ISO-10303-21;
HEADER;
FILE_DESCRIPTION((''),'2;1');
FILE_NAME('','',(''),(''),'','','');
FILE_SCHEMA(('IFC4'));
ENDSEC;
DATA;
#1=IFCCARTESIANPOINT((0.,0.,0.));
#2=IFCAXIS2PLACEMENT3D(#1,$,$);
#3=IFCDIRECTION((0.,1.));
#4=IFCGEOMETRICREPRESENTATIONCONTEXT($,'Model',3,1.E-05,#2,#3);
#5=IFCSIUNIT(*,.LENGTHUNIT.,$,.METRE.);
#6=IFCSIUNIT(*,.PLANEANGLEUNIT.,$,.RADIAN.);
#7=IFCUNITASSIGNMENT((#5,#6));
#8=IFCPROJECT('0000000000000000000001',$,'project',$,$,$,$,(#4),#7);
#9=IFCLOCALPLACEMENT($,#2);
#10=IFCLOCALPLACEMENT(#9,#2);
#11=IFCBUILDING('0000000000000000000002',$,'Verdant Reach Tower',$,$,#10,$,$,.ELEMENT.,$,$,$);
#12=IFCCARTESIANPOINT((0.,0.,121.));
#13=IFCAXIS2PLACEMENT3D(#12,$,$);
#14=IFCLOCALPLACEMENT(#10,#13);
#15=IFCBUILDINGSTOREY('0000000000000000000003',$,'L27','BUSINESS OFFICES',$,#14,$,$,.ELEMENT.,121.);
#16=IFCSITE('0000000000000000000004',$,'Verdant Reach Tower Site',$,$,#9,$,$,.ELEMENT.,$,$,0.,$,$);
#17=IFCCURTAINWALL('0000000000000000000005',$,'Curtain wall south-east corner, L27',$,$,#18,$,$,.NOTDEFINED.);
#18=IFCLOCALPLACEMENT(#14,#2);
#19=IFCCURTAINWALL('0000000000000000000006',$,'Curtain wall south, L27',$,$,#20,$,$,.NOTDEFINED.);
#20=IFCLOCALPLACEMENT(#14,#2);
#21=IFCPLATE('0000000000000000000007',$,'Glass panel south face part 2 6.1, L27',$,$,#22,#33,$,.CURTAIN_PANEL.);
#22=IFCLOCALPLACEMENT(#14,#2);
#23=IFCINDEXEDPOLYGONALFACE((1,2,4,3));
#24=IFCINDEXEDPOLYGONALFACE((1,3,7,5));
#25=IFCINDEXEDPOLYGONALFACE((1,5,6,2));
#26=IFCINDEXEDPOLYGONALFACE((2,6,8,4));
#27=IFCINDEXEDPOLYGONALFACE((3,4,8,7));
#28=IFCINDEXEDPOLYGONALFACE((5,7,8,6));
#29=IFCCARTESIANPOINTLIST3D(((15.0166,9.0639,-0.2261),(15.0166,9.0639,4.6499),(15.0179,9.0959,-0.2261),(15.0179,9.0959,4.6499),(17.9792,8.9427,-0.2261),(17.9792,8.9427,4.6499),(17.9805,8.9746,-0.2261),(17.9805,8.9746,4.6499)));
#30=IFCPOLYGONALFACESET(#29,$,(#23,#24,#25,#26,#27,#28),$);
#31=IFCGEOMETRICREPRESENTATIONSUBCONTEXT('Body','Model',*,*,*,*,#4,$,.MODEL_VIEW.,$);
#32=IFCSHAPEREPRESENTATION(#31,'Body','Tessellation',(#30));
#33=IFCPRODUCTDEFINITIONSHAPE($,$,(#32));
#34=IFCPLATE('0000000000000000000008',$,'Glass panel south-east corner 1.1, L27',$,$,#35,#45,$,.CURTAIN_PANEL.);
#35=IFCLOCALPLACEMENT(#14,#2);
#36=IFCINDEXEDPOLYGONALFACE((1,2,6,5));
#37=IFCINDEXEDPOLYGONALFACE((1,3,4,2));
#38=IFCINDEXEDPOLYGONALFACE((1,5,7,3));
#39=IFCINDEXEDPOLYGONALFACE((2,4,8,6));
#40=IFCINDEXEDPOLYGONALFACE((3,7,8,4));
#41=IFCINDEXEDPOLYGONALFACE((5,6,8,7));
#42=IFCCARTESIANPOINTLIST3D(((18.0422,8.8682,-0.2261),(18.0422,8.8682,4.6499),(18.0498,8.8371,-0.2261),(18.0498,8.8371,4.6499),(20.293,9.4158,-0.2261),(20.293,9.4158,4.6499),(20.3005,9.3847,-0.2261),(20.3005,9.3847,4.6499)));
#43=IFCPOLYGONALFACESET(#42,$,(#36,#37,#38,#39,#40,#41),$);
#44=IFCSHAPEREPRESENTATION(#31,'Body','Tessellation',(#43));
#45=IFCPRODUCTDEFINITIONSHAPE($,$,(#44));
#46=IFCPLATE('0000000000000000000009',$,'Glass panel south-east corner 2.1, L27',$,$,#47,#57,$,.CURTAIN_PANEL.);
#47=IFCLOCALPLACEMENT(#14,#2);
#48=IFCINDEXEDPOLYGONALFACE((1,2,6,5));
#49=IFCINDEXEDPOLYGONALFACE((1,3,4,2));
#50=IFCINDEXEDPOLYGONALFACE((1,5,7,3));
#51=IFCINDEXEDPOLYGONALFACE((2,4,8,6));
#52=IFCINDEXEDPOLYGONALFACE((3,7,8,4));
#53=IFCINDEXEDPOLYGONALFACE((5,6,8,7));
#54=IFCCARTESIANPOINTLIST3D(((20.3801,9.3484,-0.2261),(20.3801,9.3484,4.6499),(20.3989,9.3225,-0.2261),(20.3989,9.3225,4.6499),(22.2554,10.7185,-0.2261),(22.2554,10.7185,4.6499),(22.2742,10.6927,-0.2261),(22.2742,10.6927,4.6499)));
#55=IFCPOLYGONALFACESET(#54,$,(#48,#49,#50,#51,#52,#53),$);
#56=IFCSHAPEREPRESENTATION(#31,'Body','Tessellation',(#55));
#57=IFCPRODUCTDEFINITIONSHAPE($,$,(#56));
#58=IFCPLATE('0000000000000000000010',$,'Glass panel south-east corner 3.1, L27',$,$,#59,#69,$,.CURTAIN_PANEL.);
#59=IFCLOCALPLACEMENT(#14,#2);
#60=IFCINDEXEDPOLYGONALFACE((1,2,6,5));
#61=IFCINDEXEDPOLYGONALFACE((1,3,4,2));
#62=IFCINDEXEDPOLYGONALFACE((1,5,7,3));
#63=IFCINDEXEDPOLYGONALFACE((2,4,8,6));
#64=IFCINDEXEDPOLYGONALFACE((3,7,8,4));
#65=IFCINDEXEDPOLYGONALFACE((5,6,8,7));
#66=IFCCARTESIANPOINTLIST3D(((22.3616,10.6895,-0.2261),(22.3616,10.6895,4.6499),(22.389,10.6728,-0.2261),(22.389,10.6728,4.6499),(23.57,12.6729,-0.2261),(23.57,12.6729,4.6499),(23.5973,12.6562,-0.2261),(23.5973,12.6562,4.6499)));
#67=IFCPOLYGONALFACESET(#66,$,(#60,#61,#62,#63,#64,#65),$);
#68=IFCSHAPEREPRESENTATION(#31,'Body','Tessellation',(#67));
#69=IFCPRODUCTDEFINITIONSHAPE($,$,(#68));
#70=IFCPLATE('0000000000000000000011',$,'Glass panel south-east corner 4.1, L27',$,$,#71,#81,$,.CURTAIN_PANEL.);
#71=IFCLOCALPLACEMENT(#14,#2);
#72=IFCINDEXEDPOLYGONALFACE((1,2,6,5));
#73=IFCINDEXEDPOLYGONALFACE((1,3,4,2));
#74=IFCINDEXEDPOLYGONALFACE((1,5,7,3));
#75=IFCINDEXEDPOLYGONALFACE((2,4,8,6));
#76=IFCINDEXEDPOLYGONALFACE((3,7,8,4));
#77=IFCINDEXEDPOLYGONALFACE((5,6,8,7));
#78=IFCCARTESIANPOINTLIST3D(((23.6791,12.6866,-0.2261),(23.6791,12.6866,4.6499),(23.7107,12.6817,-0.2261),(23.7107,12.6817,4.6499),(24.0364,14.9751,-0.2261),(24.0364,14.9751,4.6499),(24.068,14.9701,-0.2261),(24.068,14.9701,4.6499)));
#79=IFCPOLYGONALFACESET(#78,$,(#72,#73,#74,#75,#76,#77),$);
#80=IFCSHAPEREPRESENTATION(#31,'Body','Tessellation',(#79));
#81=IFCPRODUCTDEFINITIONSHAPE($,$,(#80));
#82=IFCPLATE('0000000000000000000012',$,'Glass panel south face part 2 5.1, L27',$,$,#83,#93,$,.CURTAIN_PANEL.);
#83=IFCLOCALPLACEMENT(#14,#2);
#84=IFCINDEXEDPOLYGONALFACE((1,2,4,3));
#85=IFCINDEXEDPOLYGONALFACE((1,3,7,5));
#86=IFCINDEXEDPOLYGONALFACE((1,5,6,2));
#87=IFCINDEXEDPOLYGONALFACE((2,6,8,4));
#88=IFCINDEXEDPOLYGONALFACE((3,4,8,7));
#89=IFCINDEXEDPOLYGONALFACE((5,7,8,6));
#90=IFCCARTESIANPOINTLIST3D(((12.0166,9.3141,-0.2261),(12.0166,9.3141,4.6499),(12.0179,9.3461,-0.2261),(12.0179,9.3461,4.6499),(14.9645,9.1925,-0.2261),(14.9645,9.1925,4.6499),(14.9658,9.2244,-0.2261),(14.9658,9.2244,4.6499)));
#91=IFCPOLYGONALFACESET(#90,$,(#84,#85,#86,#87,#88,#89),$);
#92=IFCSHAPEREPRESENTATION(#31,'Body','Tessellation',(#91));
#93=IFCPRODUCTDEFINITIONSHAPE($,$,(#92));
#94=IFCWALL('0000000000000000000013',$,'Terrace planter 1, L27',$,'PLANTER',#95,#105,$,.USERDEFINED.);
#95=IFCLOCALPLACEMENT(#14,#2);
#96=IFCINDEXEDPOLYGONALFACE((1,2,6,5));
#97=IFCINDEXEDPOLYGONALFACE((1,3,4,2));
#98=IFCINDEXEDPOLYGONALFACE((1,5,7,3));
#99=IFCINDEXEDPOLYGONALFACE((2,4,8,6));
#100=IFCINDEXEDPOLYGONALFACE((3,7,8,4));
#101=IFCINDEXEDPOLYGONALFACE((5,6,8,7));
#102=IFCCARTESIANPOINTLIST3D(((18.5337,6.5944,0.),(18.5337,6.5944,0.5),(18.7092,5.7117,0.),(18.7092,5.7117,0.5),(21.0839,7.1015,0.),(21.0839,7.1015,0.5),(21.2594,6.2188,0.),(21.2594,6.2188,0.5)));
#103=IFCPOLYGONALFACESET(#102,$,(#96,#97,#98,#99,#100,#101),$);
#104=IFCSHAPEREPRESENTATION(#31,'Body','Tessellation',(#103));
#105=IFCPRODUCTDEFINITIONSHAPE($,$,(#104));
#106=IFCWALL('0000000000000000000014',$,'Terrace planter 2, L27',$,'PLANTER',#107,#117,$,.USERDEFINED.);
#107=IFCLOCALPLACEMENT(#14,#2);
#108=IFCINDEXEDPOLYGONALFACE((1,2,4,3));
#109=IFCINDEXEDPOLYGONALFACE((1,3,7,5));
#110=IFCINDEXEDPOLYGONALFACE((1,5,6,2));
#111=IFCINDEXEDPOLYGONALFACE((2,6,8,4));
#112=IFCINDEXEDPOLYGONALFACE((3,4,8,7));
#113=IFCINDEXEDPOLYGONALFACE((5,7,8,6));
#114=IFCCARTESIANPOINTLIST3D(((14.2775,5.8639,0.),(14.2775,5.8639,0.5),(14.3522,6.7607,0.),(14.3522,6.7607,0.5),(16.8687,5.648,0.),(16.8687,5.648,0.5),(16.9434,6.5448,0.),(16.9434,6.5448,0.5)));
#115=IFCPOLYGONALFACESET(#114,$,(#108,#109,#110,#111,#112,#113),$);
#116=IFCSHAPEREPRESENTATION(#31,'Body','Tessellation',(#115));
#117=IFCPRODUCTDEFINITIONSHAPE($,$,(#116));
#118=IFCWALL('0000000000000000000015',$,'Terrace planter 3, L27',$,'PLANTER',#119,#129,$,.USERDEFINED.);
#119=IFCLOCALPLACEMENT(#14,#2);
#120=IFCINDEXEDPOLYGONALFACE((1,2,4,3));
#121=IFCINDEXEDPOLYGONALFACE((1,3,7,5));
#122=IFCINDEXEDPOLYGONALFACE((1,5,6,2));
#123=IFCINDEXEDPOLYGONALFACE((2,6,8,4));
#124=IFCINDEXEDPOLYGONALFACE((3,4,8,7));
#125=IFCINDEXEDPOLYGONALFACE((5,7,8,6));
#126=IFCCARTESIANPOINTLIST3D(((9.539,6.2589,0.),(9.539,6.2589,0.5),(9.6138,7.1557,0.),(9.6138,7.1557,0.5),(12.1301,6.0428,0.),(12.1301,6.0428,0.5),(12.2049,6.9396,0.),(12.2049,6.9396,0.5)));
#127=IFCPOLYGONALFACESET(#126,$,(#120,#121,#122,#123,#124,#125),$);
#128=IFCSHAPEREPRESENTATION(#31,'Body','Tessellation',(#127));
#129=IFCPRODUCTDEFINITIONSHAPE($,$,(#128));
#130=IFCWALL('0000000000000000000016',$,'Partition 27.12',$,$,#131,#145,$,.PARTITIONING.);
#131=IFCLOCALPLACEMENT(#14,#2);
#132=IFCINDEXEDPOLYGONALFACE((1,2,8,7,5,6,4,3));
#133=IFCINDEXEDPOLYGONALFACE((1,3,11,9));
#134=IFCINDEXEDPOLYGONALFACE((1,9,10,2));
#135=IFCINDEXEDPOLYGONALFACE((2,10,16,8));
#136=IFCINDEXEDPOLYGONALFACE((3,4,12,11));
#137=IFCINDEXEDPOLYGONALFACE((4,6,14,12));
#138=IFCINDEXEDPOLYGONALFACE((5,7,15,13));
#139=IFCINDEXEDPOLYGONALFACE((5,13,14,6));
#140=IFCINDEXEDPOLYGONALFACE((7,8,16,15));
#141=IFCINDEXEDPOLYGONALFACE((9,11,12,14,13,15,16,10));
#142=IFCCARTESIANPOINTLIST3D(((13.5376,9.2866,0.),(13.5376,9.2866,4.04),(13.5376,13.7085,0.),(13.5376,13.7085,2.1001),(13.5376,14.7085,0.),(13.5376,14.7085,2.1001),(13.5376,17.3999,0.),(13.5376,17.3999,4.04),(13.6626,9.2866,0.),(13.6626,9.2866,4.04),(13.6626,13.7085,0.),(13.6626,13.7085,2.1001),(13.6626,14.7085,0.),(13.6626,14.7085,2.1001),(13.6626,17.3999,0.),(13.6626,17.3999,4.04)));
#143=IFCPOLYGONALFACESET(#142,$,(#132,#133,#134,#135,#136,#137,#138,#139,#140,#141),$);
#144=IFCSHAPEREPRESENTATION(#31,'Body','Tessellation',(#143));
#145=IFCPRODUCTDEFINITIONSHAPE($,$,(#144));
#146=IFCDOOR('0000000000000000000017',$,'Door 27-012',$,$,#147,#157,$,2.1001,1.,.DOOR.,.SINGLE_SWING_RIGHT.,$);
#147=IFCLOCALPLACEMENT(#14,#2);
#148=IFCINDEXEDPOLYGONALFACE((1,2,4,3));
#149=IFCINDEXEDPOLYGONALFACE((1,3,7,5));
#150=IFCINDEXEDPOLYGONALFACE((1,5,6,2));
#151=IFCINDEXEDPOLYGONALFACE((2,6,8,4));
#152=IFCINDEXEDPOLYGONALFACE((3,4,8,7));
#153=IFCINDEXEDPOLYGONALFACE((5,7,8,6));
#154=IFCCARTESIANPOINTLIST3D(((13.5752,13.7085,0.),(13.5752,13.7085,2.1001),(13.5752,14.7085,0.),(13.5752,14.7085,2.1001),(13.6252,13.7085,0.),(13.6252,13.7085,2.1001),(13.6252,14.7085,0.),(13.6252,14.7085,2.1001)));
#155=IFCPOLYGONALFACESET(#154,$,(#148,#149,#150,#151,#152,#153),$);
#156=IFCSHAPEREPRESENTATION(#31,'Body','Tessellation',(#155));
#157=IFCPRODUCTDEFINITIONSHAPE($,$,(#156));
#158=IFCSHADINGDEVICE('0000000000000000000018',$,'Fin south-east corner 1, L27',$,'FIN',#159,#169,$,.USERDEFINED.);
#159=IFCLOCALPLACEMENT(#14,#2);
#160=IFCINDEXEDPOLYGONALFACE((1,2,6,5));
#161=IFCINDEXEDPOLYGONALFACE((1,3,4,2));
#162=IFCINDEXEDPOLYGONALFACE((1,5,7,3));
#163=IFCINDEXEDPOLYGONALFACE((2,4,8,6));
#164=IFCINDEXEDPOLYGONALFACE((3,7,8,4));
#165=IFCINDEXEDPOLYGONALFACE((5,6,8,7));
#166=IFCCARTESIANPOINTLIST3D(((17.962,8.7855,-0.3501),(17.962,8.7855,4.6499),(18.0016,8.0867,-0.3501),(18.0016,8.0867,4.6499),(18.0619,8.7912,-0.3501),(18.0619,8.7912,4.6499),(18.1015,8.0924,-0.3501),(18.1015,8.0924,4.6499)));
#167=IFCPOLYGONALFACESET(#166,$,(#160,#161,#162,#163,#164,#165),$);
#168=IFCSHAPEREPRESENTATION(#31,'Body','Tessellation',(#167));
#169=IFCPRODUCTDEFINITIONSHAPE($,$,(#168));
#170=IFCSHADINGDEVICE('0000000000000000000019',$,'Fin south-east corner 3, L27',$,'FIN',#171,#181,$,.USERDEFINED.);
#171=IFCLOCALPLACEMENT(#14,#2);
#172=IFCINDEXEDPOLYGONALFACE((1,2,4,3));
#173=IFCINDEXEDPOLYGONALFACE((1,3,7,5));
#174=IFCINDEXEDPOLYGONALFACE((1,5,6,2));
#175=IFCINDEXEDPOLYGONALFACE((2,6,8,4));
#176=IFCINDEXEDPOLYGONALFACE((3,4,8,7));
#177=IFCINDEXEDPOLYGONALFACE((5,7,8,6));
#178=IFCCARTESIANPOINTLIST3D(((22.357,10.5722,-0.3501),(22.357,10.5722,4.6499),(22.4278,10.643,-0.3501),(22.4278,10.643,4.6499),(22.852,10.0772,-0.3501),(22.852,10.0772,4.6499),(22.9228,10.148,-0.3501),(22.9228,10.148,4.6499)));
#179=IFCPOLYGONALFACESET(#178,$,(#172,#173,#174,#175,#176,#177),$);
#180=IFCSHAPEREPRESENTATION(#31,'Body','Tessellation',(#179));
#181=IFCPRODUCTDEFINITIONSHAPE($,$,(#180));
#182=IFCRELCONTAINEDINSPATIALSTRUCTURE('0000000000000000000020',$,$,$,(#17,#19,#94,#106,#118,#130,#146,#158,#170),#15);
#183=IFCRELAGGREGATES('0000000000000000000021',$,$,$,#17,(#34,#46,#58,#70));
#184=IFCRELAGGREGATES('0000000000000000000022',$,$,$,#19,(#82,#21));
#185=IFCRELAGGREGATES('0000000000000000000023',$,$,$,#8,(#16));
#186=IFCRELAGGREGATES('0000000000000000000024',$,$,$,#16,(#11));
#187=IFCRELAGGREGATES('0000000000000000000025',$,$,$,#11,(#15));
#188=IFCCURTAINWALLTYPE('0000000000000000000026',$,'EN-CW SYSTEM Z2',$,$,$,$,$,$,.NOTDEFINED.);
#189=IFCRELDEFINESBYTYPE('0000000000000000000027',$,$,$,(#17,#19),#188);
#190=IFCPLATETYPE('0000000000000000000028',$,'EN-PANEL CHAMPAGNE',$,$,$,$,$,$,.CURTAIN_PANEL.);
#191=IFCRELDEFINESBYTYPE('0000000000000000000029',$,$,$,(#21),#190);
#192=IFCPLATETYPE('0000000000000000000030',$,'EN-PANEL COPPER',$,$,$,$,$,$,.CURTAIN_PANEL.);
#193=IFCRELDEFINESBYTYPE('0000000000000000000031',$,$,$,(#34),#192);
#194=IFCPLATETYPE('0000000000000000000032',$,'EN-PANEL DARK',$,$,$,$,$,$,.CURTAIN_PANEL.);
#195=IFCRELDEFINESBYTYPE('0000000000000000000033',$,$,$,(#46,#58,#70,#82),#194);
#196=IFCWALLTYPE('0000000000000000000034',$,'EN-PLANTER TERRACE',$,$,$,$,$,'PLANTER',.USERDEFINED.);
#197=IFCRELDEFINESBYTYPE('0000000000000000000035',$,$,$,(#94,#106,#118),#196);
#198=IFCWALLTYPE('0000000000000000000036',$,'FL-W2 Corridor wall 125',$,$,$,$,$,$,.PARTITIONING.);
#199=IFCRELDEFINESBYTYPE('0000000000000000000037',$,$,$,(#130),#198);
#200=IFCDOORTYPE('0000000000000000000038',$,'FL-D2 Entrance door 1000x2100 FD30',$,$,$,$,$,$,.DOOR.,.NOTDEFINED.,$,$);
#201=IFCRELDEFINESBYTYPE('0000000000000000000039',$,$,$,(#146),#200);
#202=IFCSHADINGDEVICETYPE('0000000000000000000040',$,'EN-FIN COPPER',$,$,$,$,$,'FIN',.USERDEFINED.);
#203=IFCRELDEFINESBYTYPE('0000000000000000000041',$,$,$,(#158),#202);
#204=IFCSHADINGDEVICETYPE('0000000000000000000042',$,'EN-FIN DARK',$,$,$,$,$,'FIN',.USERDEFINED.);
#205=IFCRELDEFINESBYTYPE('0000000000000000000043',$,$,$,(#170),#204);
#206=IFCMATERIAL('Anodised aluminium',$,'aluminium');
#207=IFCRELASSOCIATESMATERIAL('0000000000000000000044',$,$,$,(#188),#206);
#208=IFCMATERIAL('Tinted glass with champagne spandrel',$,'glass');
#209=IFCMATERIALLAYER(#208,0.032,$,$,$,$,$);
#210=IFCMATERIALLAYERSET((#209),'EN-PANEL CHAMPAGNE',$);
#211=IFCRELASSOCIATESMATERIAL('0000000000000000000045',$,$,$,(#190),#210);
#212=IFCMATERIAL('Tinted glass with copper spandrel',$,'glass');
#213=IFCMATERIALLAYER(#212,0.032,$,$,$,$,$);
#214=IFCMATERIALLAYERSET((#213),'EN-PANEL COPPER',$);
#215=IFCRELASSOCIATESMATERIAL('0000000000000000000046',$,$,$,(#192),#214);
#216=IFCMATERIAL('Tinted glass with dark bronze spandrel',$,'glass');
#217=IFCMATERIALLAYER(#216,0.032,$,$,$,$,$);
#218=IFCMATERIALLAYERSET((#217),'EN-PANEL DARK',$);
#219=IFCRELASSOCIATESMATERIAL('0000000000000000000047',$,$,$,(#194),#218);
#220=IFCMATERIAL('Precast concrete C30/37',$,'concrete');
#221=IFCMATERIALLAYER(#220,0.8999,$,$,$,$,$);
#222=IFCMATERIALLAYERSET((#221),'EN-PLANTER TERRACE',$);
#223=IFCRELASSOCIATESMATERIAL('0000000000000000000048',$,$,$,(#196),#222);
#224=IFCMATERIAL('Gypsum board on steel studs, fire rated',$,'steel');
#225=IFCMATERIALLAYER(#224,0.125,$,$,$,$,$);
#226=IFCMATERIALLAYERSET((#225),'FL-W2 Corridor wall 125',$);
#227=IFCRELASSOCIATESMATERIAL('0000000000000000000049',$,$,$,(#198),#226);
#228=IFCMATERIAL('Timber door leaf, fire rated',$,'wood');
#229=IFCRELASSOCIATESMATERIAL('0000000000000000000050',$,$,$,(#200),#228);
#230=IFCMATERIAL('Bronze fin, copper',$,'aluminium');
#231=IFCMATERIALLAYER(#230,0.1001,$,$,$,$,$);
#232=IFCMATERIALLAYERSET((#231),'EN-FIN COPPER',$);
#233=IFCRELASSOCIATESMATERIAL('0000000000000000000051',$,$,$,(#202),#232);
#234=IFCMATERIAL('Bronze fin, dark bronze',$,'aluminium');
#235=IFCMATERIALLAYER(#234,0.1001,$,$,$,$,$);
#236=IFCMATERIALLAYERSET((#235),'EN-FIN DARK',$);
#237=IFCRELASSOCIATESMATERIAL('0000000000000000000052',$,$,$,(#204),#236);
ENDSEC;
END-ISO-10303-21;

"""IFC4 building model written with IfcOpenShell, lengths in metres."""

from ifc_helpers import new_model, si_unit, direction, frame, frame_2d, origin, origin_2d, place, context, subcontext, project, spatial, rectangle, extrude, material, layer, layer_set, type_object, element, fill, aggregate, save


model = new_model("IFC4")

# Units and contexts
model_context = context("Model", 3, precision=1e-05, world=origin(), true_north=direction((0.0, 1.0)))
body_context = subcontext(model_context, "Body", "Model", "MODEL_VIEW")
ifc_project = project(units=[si_unit("LENGTHUNIT", "METRE"), si_unit("PLANEANGLEUNIT", "RADIAN")], contexts=[model_context])

# Site, building, storey
site_placement = place(None, origin())
site = spatial("IfcSite", under=ifc_project, at=site_placement, Name="Verdant Reach Tower Site", CompositionType="ELEMENT", RefElevation=0.0)
building_placement = place(site_placement, origin())
building = spatial("IfcBuilding", under=site, at=building_placement, Name="Verdant Reach Tower", CompositionType="ELEMENT")
storey_placement = place(building_placement, frame((0.0, 0.0, 121.0)))
storey = spatial("IfcBuildingStorey", under=building, at=storey_placement, Name="L27", Description="BUSINESS OFFICES", CompositionType="ELEMENT", Elevation=121.0)

# Curtain wall
ifc_material_1 = material(Name="Anodised aluminium", Category="aluminium")
curtain_wall_type = type_object("IfcCurtainWallType", Name="EN-CW SYSTEM Z2", PredefinedType="NOTDEFINED", material=ifc_material_1)
curtain_wall_1_placement = place(storey_placement, origin())
curtain_wall_1 = element("IfcCurtainWall", 1, at=curtain_wall_1_placement, inside=storey, type_object=curtain_wall_type, Name="Curtain wall south-east corner, L27", PredefinedType="NOTDEFINED")

# Curtain wall
curtain_wall_2_placement = place(storey_placement, origin())
curtain_wall_2 = element("IfcCurtainWall", 2, at=curtain_wall_2_placement, inside=storey, type_object=curtain_wall_type, Name="Curtain wall south, L27", PredefinedType="NOTDEFINED")

# Plates
ifc_material_2 = material(Name="Tinted glass with champagne spandrel", Category="glass")
ifc_layer_1 = layer(ifc_material_2, 0.032)
ifc_layer_set_1 = layer_set([ifc_layer_1], Name="EN-PANEL CHAMPAGNE")
plate_type_1 = type_object("IfcPlateType", Name="EN-PANEL CHAMPAGNE", PredefinedType="CURTAIN_PANEL", material=ifc_layer_set_1)
plate_1_placement = place(storey_placement, frame((16.4985, 9.0193, -0.2261), z_axis=(0.0, 0.0, 1.0), x_axis=(0.999163, -0.0409, 0.0)))
plate_1 = element("IfcPlate", 3, at=plate_1_placement, type_object=plate_type_1, Name="Glass panel south face part 2 6.1, L27", PredefinedType="CURTAIN_PANEL", context=body_context, shape_type="SweptSolid", body=[
    extrude(rectangle(XDim=2.9651, YDim=0.032, at=origin_2d()), origin(), (0.0, 0.0, 1.0), 4.876),
])
ifc_material_3 = material(Name="Tinted glass with copper spandrel", Category="glass")
ifc_layer_2 = layer(ifc_material_3, 0.032)
ifc_layer_set_2 = layer_set([ifc_layer_2], Name="EN-PANEL COPPER")
plate_type_2 = type_object("IfcPlateType", Name="EN-PANEL COPPER", PredefinedType="CURTAIN_PANEL", material=ifc_layer_set_2)
plate_2_placement = place(storey_placement, frame((19.1714, 9.1265, -0.2261), z_axis=(0.0, 0.0, 1.0), x_axis=(0.971658, 0.236391, 0.0)))
plate_2 = element("IfcPlate", 4, at=plate_2_placement, type_object=plate_type_2, Name="Glass panel south-east corner 1.1, L27", PredefinedType="CURTAIN_PANEL", context=body_context, shape_type="SweptSolid", body=[
    extrude(rectangle(XDim=2.3164, YDim=0.032, at=origin_2d()), origin(), (0.0, 0.0, 1.0), 4.876),
])
ifc_material_4 = material(Name="Tinted glass with dark bronze spandrel", Category="glass")
ifc_layer_3 = layer(ifc_material_4, 0.032)
ifc_layer_set_3 = layer_set([ifc_layer_3], Name="EN-PANEL DARK")
plate_type_3 = type_object("IfcPlateType", Name="EN-PANEL DARK", PredefinedType="CURTAIN_PANEL", material=ifc_layer_set_3)
plate_3_placement = place(storey_placement, frame((21.3271, 10.0205, -0.2261), z_axis=(0.0, 0.0, 1.0), x_axis=(0.807457, 0.589927, 0.0)))
plate_3 = element("IfcPlate", 5, at=plate_3_placement, type_object=plate_type_3, Name="Glass panel south-east corner 2.1, L27", PredefinedType="CURTAIN_PANEL", context=body_context, shape_type="SweptSolid", body=[
    extrude(rectangle(XDim=2.3225, YDim=0.032, at=origin_2d()), origin(), (0.0, 0.0, 1.0), 4.876),
])
plate_4_placement = place(storey_placement, frame((22.9795, 11.6729, -0.2261), z_axis=(0.0, 0.0, 1.0), x_axis=(0.520292, 0.853989, 0.0)))
plate_4 = element("IfcPlate", 6, at=plate_4_placement, type_object=plate_type_3, Name="Glass panel south-east corner 3.1, L27", PredefinedType="CURTAIN_PANEL", context=body_context, shape_type="SweptSolid", body=[
    extrude(rectangle(XDim=2.3225, YDim=0.032, at=origin_2d()), origin(), (0.0, 0.0, 1.0), 4.876),
])
plate_5_placement = place(storey_placement, frame((23.8735, 13.8284, -0.2261), z_axis=(0.0, 0.0, 1.0), x_axis=(0.154281, 0.988027, 0.0)))
plate_5 = element("IfcPlate", 7, at=plate_5_placement, type_object=plate_type_3, Name="Glass panel south-east corner 4.1, L27", PredefinedType="CURTAIN_PANEL", context=body_context, shape_type="SweptSolid", body=[
    extrude(rectangle(XDim=2.3162, YDim=0.032, at=origin_2d()), origin(), (0.0, 0.0, 1.0), 4.876),
])
aggregate(curtain_wall_1, [plate_2, plate_3, plate_4, plate_5])
plate_6_placement = place(storey_placement, frame((13.4912, 9.2693, -0.2261), z_axis=(0.0, 0.0, 1.0), x_axis=(0.999149, -0.041242, 0.0)))
plate_6 = element("IfcPlate", 8, at=plate_6_placement, type_object=plate_type_3, Name="Glass panel south face part 2 5.1, L27", PredefinedType="CURTAIN_PANEL", context=body_context, shape_type="SweptSolid", body=[
    extrude(rectangle(XDim=2.9504, YDim=0.032, at=origin_2d()), origin(), (0.0, 0.0, 1.0), 4.876),
])
aggregate(curtain_wall_2, [plate_6, plate_1])

# Walls
ifc_material_5 = material(Name="Precast concrete C30/37", Category="concrete")
ifc_layer_4 = layer(ifc_material_5, 0.8999)
ifc_layer_set_4 = layer_set([ifc_layer_4], Name="EN-PLANTER TERRACE")
wall_type_1 = type_object("IfcWallType", Name="EN-PLANTER TERRACE", ElementType="PLANTER", PredefinedType="USERDEFINED", material=ifc_layer_set_4)
for number, where, z_axis, x_axis, name in (
    (9, (21.1716, 6.6602, 0.0), (0.0, 0.0, 1.0), (-0.980797, -0.195033, 0.0), "Terrace planter 1, L27"),
    (10, (16.906, 6.0964, 0.0), (0.0, 0.0, 1.0), (-0.996549, 0.083007, 0.0), "Terrace planter 2, L27"),
    (11, (12.1675, 6.4912, 0.0), (0.0, 0.0, 1.0), (-0.996541, 0.0831, 0.0), "Terrace planter 3, L27"),
):
    element("IfcWall", number, at=place(storey_placement, frame(where, z_axis=z_axis, x_axis=x_axis)), inside=storey, type_object=wall_type_1, Name=name, ObjectType="PLANTER", PredefinedType="USERDEFINED", context=body_context, shape_type="SweptSolid", body=[
        extrude(rectangle(XDim=2.6001, YDim=0.8999, at=frame_2d((1.3, 0.0))), origin(), (0.0, 0.0, 1.0), 0.5),
    ])

# Wall, opening, door
ifc_material_6 = material(Name="Gypsum board on steel studs, fire rated", Category="steel")
ifc_layer_5 = layer(ifc_material_6, 0.125)
ifc_layer_set_5 = layer_set([ifc_layer_5], Name="FL-W2 Corridor wall 125")
wall_type_2 = type_object("IfcWallType", Name="FL-W2 Corridor wall 125", PredefinedType="PARTITIONING", material=ifc_layer_set_5)
wall_placement = place(storey_placement, frame((13.6001, 9.2866, 0.0), z_axis=(0.0, 0.0, 1.0), x_axis=(0.0, 1.0, 0.0)))
wall = element("IfcWall", 12, at=wall_placement, inside=storey, type_object=wall_type_2, Name="Partition 27.12", PredefinedType="PARTITIONING", context=body_context, shape_type="SweptSolid", body=[
    extrude(rectangle(XDim=8.1133, YDim=0.125, at=frame_2d((4.0566, 0.0))), origin(), (0.0, 0.0, 1.0), 4.04),
])
opening_placement = place(wall_placement, frame((4.4219, 0.0, 0.0)))
opening = element("IfcOpeningElement", 13, at=opening_placement, cuts=wall, PredefinedType="OPENING", context=body_context, shape_type="SweptSolid", body=[
    extrude(rectangle(XDim=1.0, YDim=2.1001, at=frame_2d((0.5, 1.05))), frame((0.0, 0.0725, 0.0), z_axis=(0.0, -1.0, 0.0), x_axis=(1.0, 0.0, 0.0)), (0.0, 0.0, 1.0), 0.145),
])
ifc_material_7 = material(Name="Timber door leaf, fire rated", Category="wood")
door_type = type_object("IfcDoorType", Name="FL-D2 Entrance door 1000x2100 FD30", OperationType="NOTDEFINED", PredefinedType="DOOR", material=ifc_material_7)
door_placement = place(opening_placement, origin())
door = element("IfcDoor", 14, at=door_placement, inside=storey, type_object=door_type, Name="Door 27-012", OperationType="SINGLE_SWING_RIGHT", OverallHeight=2.1001, OverallWidth=1.0, PredefinedType="DOOR", context=body_context, shape_type="SweptSolid", body=[
    extrude(rectangle(XDim=1.0, YDim=2.1001, at=frame_2d((0.5, 1.05))), frame((0.0, 0.0249, 0.0), z_axis=(0.0, -1.0, 0.0), x_axis=(1.0, 0.0, 0.0)), (0.0, 0.0, 1.0), 0.05),
])
fill(opening, door)

# Shading devices
ifc_material_8 = material(Name="Bronze fin, copper", Category="aluminium")
ifc_layer_6 = layer(ifc_material_8, 0.1001)
ifc_layer_set_6 = layer_set([ifc_layer_6], Name="EN-FIN COPPER")
shading_device_type_1 = type_object("IfcShadingDeviceType", Name="EN-FIN COPPER", ElementType="FIN", PredefinedType="USERDEFINED", material=ifc_layer_set_6)
shading_device_placement = place(storey_placement, frame((18.0317, 8.439, -0.3501), z_axis=(0.0, 0.0, 1.0), x_axis=(0.998399, 0.056569, 0.0)))
element("IfcShadingDevice", 15, at=shading_device_placement, inside=storey, type_object=shading_device_type_1, Name="Fin south-east corner 1, L27", ObjectType="FIN", PredefinedType="USERDEFINED", context=body_context, shape_type="SweptSolid", body=[
    extrude(rectangle(XDim=0.1001, YDim=0.7, at=origin_2d()), origin(), (0.0, 0.0, 1.0), 5.0),
])
ifc_material_9 = material(Name="Bronze fin, dark bronze", Category="aluminium")
ifc_layer_7 = layer(ifc_material_9, 0.1001)
ifc_layer_set_7 = layer_set([ifc_layer_7], Name="EN-FIN DARK")
shading_device_type_2 = type_object("IfcShadingDeviceType", Name="EN-FIN DARK", ElementType="FIN", PredefinedType="USERDEFINED", material=ifc_layer_set_7)
for number, where, z_axis, x_axis, name in (
    (16, (22.6399, 10.3601, -0.3501), (0.0, 0.0, 1.0), (0.707107, 0.707107, 0.0), "Fin south-east corner 3, L27"),
):
    element("IfcShadingDevice", number, at=place(storey_placement, frame(where, z_axis=z_axis, x_axis=x_axis)), inside=storey, type_object=shading_device_type_2, Name=name, ObjectType="FIN", PredefinedType="USERDEFINED", context=body_context, shape_type="SweptSolid", body=[
        extrude(rectangle(XDim=0.1001, YDim=0.7, at=origin_2d()), origin(), (0.0, 0.0, 1.0), 5.0),
    ])

save(model, "model.ifc")
